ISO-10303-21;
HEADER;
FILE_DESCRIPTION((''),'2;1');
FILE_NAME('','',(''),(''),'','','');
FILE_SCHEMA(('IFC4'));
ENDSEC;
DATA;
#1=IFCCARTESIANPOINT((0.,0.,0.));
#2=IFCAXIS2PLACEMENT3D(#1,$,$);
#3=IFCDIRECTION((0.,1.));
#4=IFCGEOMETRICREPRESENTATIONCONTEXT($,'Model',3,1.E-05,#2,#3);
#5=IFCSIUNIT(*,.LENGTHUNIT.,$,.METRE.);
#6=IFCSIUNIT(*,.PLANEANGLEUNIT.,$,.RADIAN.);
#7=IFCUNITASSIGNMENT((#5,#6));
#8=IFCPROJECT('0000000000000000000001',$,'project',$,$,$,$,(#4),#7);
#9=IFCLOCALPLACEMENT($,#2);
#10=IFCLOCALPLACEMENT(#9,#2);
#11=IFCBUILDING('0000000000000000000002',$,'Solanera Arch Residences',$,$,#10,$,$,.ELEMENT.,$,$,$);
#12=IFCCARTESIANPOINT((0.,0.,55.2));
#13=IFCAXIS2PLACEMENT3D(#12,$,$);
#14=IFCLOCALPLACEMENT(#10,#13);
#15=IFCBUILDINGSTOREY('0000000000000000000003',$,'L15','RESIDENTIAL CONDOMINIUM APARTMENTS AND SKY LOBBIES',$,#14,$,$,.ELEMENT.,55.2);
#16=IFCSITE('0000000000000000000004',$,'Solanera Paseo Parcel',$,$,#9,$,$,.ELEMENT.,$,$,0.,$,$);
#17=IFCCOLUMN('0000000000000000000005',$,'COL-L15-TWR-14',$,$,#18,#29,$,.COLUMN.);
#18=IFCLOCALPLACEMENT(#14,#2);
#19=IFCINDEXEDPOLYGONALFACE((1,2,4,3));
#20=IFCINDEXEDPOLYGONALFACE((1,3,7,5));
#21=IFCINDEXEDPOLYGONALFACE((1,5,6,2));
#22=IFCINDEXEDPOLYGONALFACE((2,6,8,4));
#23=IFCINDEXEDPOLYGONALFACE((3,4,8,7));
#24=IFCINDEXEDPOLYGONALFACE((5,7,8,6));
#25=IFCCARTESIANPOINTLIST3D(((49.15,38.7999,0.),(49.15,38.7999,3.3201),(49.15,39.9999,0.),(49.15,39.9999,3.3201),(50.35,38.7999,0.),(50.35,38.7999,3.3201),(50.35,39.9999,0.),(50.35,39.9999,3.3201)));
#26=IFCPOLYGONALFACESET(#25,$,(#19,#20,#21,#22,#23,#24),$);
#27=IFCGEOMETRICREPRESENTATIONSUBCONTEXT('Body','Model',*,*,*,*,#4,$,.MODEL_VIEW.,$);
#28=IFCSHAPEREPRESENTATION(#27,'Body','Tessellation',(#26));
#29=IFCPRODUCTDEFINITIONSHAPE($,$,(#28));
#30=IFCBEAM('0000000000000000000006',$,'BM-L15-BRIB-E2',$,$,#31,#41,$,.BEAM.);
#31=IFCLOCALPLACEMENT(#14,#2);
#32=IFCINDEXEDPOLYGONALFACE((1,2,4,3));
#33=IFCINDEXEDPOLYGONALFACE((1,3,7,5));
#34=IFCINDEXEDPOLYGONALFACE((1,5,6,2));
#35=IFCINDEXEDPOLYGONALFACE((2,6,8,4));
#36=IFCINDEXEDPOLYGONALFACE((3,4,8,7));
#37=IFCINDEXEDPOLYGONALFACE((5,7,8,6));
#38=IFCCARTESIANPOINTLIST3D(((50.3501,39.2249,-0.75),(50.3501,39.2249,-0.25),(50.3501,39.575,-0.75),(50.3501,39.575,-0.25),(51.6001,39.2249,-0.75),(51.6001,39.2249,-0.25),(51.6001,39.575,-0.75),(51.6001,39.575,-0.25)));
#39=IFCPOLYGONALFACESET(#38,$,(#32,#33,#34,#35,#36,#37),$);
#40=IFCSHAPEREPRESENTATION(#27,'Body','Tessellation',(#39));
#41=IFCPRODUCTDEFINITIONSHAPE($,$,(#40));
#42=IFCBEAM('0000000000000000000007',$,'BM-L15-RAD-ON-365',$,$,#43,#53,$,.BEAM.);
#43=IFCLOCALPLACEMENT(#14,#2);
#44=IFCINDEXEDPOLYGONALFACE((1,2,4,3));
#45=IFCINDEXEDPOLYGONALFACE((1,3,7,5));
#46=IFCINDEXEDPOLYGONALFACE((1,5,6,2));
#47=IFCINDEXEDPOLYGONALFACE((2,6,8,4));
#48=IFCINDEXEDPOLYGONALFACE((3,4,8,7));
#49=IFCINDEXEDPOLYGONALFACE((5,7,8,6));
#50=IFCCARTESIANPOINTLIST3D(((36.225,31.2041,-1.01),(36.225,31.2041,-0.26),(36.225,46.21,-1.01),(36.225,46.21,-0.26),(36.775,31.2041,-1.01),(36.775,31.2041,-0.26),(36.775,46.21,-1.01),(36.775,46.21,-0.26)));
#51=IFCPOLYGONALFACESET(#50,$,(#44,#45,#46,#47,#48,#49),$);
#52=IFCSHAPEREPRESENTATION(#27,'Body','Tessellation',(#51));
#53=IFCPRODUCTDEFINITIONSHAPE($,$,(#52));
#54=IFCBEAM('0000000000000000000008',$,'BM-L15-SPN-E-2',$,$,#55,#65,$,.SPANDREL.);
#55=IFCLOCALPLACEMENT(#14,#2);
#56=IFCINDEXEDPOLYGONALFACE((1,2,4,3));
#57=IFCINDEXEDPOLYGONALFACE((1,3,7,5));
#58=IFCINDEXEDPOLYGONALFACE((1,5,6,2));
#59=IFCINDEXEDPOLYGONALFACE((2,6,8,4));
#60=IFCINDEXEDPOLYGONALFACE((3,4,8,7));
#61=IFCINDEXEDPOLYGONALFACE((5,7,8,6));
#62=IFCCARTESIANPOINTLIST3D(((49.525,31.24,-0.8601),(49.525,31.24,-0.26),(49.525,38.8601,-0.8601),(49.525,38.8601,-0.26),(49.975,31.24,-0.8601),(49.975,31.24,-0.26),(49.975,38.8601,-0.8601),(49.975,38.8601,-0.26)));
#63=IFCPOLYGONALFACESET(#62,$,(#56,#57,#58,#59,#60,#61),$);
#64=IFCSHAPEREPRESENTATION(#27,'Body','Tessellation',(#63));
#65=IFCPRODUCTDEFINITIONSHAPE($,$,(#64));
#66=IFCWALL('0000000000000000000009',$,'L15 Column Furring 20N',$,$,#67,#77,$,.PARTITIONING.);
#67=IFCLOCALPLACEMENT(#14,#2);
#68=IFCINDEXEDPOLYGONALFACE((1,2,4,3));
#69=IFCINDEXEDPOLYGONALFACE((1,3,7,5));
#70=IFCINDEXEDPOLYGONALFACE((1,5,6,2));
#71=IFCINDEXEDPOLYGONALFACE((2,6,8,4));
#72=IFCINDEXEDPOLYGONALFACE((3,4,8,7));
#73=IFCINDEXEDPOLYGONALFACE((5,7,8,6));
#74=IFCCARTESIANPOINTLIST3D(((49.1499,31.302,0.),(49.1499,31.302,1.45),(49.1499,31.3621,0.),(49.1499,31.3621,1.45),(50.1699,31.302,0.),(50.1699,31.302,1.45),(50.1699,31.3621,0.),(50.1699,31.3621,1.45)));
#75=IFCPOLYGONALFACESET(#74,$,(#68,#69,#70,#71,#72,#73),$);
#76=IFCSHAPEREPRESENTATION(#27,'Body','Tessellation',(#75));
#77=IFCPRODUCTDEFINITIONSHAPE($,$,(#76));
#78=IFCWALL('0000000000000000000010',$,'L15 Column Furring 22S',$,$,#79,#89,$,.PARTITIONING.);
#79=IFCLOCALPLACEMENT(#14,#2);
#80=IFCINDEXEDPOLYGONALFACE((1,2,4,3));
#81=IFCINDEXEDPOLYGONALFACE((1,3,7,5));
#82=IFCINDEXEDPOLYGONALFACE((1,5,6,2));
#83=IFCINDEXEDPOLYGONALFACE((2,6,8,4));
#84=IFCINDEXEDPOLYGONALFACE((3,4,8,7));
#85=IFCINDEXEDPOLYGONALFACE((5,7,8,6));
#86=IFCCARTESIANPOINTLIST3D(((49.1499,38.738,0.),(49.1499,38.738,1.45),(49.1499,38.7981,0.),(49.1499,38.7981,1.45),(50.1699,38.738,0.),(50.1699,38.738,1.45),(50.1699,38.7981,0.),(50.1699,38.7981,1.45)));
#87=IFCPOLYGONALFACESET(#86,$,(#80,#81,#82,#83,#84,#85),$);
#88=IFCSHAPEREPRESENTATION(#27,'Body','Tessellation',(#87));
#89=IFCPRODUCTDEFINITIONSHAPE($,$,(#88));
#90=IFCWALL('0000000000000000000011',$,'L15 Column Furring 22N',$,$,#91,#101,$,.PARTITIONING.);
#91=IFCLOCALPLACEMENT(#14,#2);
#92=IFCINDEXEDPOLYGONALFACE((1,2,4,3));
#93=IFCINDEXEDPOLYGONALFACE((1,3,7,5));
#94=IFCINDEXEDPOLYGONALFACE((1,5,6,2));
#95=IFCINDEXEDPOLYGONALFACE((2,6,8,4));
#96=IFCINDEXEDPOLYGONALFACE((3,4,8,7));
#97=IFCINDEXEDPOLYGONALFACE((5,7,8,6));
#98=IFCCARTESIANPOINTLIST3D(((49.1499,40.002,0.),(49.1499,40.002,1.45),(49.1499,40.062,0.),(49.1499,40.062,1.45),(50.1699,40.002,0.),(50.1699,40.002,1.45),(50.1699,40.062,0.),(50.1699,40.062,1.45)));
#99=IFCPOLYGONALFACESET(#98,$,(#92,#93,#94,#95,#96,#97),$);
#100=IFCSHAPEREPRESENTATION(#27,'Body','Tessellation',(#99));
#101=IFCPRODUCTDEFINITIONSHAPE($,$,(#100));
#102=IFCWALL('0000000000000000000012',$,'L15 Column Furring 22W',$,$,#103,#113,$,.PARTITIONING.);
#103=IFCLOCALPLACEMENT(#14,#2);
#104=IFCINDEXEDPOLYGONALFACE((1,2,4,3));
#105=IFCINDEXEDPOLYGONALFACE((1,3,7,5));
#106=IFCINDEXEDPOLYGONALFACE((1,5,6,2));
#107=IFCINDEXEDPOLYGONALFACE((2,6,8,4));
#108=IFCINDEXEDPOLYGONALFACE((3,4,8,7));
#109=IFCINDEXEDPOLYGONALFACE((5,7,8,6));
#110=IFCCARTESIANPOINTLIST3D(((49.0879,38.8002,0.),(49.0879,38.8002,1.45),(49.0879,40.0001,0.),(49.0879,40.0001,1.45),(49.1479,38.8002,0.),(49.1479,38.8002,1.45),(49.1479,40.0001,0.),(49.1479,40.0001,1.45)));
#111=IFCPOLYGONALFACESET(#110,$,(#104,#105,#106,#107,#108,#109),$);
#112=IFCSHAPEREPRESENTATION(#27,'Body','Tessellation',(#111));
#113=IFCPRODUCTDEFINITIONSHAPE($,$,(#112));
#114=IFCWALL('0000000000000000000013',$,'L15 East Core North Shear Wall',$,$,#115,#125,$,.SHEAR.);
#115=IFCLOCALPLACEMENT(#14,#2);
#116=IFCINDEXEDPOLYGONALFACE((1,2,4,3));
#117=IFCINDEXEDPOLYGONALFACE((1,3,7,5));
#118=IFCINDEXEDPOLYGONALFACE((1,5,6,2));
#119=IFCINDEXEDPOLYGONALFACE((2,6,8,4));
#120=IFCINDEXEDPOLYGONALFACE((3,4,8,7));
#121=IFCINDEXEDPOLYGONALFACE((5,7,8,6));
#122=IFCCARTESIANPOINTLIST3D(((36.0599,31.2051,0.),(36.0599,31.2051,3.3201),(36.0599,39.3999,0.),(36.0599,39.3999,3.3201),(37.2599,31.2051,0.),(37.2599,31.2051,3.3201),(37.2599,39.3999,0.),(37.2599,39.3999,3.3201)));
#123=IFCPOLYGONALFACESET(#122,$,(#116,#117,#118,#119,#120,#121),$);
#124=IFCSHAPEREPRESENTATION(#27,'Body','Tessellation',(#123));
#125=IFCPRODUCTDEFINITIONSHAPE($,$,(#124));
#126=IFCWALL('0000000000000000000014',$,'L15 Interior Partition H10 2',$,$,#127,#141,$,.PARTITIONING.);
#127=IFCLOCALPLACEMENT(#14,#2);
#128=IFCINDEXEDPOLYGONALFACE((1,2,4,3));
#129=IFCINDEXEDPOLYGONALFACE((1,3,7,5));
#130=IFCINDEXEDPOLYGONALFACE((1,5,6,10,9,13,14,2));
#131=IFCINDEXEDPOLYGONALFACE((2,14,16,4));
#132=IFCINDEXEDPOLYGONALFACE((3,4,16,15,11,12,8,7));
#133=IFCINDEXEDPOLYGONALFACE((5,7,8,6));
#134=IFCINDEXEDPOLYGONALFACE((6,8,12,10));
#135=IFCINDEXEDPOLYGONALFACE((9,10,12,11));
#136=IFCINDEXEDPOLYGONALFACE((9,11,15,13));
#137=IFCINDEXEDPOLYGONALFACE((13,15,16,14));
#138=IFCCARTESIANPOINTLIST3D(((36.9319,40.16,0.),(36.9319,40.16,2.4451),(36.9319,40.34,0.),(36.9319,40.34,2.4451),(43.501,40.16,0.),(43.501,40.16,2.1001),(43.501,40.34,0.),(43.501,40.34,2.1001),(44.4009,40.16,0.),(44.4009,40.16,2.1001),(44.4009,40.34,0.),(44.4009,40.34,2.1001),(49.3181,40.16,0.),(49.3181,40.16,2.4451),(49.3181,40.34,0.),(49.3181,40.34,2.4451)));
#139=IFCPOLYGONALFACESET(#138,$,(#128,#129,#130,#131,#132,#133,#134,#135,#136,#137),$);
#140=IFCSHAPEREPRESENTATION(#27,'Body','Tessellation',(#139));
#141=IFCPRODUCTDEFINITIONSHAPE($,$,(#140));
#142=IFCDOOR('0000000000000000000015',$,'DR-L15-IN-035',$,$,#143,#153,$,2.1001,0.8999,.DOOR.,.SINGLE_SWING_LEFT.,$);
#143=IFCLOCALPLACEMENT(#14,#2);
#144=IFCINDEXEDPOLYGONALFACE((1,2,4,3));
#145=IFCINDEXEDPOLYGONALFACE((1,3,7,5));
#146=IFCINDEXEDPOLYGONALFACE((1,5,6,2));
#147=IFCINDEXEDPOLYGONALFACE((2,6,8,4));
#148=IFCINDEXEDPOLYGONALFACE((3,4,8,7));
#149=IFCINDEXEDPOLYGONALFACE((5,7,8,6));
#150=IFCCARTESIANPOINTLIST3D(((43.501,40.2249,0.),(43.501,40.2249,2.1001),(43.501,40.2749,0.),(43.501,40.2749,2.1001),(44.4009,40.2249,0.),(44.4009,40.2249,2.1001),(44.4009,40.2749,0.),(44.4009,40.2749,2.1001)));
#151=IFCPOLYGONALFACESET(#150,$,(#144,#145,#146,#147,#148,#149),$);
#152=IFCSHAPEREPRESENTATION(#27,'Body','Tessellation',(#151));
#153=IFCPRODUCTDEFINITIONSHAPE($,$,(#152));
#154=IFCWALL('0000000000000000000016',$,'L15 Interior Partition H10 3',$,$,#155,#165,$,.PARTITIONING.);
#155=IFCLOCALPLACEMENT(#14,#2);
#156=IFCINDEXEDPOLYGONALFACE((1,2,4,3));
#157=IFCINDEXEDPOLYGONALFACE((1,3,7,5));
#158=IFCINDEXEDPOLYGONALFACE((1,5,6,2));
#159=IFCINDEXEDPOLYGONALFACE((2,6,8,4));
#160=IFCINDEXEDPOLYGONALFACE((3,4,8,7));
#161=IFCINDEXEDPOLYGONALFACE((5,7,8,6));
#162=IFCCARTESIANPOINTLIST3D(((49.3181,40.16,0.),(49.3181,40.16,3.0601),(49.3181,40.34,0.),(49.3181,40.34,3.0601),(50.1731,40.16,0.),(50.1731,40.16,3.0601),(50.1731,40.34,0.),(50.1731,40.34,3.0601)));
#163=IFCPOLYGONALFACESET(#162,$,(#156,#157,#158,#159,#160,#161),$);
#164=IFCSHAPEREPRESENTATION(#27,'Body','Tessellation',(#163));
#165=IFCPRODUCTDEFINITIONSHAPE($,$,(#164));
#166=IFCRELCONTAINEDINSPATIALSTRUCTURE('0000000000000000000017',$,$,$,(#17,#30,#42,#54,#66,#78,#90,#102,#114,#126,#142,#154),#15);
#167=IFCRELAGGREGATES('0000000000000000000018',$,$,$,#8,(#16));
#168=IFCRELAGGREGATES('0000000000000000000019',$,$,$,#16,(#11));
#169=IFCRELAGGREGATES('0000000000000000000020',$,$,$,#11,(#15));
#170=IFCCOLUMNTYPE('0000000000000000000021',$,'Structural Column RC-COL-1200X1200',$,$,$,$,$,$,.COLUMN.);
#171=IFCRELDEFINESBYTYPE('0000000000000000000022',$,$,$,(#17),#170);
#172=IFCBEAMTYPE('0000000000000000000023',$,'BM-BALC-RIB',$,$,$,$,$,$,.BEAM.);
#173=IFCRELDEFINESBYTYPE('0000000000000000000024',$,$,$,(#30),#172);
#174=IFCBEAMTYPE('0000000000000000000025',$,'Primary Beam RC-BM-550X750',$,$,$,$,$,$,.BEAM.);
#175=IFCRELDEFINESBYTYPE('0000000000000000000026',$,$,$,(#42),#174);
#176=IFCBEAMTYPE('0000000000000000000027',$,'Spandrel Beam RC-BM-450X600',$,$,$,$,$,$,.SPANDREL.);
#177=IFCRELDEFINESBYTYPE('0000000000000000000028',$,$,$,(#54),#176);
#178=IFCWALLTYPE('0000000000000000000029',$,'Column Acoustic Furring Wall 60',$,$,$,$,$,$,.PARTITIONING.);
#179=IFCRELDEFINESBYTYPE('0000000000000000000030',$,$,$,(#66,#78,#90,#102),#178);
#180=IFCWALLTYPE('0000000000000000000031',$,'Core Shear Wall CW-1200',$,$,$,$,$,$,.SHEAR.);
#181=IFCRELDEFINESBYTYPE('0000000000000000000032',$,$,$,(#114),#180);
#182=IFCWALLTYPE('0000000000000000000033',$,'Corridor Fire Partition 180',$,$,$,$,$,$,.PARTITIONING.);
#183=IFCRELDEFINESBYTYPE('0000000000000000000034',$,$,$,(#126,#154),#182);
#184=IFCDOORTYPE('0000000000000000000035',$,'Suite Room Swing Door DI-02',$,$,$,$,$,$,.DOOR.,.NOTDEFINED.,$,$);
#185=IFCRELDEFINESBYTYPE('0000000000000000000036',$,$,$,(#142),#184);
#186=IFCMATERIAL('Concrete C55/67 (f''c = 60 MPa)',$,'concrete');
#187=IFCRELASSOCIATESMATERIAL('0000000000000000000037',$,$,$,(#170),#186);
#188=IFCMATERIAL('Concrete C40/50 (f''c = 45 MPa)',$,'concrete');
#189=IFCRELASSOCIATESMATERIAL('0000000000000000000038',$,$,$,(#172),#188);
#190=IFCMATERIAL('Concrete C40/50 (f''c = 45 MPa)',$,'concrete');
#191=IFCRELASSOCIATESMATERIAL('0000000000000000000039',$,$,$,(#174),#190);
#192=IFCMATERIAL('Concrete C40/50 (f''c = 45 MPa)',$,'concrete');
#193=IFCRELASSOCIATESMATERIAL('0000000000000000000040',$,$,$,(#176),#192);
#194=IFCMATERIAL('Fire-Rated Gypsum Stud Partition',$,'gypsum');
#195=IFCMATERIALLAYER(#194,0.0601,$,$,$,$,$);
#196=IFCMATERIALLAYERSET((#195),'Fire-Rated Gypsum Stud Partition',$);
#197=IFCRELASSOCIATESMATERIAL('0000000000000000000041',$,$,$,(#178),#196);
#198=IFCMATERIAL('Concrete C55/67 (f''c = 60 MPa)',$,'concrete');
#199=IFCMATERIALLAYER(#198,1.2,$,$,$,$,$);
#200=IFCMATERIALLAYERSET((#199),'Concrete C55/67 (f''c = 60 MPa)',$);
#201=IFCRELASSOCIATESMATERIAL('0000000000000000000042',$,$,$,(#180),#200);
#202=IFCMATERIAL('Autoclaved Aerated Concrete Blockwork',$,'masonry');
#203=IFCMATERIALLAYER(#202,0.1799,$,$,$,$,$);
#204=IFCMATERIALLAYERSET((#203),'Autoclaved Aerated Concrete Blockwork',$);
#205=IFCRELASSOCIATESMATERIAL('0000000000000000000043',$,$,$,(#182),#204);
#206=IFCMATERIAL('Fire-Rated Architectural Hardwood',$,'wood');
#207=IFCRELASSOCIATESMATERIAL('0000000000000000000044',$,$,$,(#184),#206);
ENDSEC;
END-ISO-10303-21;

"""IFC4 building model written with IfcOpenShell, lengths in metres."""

from ifc_helpers import new_model, si_unit, direction, frame, frame_2d, origin, origin_2d, place, context, subcontext, project, spatial, rectangle, extrude, material, layer, layer_set, material_profile, profile_set, type_object, element, fill, save


model = new_model("IFC4")

# Units and contexts
model_context = context("Model", 3, precision=1e-05, world=origin(), true_north=direction((0.0, 1.0)))
body_context = subcontext(model_context, "Body", "Model", "MODEL_VIEW")
ifc_project = project(units=[si_unit("LENGTHUNIT", "METRE"), si_unit("PLANEANGLEUNIT", "RADIAN")], contexts=[model_context])

# Site, building, storey
site_placement = place(None, origin())
site = spatial("IfcSite", under=ifc_project, at=site_placement, Name="Solanera Paseo Parcel", CompositionType="ELEMENT", RefElevation=0.0)
building_placement = place(site_placement, origin())
building = spatial("IfcBuilding", under=site, at=building_placement, Name="Solanera Arch Residences", CompositionType="ELEMENT")
storey_placement = place(building_placement, frame((0.0, 0.0, 55.2)))
storey = spatial("IfcBuildingStorey", under=building, at=storey_placement, Name="L15", Description="RESIDENTIAL CONDOMINIUM APARTMENTS AND SKY LOBBIES", CompositionType="ELEMENT", Elevation=55.2)

# Column
ifc_material_1 = material(Name="Concrete C55/67 (f'c = 60 MPa)", Category="concrete")
ifc_material_profile_1 = material_profile(ifc_material_1, rectangle(XDim=1.2, YDim=1.2, at=origin_2d()))
ifc_profile_set_1 = profile_set([ifc_material_profile_1], Name="Concrete C55/67 (f'c = 60 MPa)")
column_type = type_object("IfcColumnType", Name="Structural Column RC-COL-1200X1200", PredefinedType="COLUMN", material=ifc_profile_set_1)
column_placement = place(storey_placement, frame((49.75, 39.3999, 0.0), z_axis=(0.0, 0.0, 1.0), x_axis=(1.0, 0.0, 0.0)))
element("IfcColumn", 1, at=column_placement, inside=storey, type_object=column_type, Name="COL-L15-TWR-14", PredefinedType="COLUMN", context=body_context, shape_type="SweptSolid", body=[
    extrude(rectangle(XDim=1.2, YDim=1.2, at=origin_2d()), origin(), (0.0, 0.0, 1.0), 3.3201),
])

# Beams
ifc_material_2 = material(Name="Concrete C40/50 (f'c = 45 MPa)", Category="concrete")
ifc_material_profile_2 = material_profile(ifc_material_2, rectangle(XDim=0.3501, YDim=0.5, at=origin_2d()))
ifc_profile_set_2 = profile_set([ifc_material_profile_2], Name="Concrete C40/50 (f'c = 45 MPa)")
beam_type_1 = type_object("IfcBeamType", Name="BM-BALC-RIB", PredefinedType="BEAM", material=ifc_profile_set_2)
beam_1_placement = place(storey_placement, frame((50.3501, 39.3999, -0.5), z_axis=(1.0, 0.0, 0.0), x_axis=(0.0, 1.0, 0.0)))
element("IfcBeam", 2, at=beam_1_placement, inside=storey, type_object=beam_type_1, Name="BM-L15-BRIB-E2", PredefinedType="BEAM", context=body_context, shape_type="SweptSolid", body=[
    extrude(rectangle(XDim=0.3501, YDim=0.5, at=origin_2d()), origin(), (0.0, 0.0, 1.0), 1.25),
])
ifc_material_3 = material(Name="Concrete C40/50 (f'c = 45 MPa)", Category="concrete")
ifc_material_profile_3 = material_profile(ifc_material_3, rectangle(XDim=0.55, YDim=0.75, at=origin_2d()))
ifc_profile_set_3 = profile_set([ifc_material_profile_3], Name="Concrete C40/50 (f'c = 45 MPa)")
beam_type_2 = type_object("IfcBeamType", Name="Primary Beam RC-BM-550X750", PredefinedType="BEAM", material=ifc_profile_set_3)
beam_2_placement = place(storey_placement, frame((36.5, 31.2041, -0.635), z_axis=(0.0, 1.0, 0.0), x_axis=(-1.0, 0.0, 0.0)))
element("IfcBeam", 3, at=beam_2_placement, inside=storey, type_object=beam_type_2, Name="BM-L15-RAD-ON-365", PredefinedType="BEAM", context=body_context, shape_type="SweptSolid", body=[
    extrude(rectangle(XDim=0.55, YDim=0.75, at=origin_2d()), origin(), (0.0, 0.0, 1.0), 15.0059),
])
ifc_material_4 = material(Name="Concrete C40/50 (f'c = 45 MPa)", Category="concrete")
ifc_material_profile_4 = material_profile(ifc_material_4, rectangle(XDim=0.45, YDim=0.6001, at=origin_2d()))
ifc_profile_set_4 = profile_set([ifc_material_profile_4], Name="Concrete C40/50 (f'c = 45 MPa)")
beam_type_3 = type_object("IfcBeamType", Name="Spandrel Beam RC-BM-450X600", PredefinedType="SPANDREL", material=ifc_profile_set_4)
beam_3_placement = place(storey_placement, frame((49.75, 31.24, -0.5601), z_axis=(0.0, 1.0, 0.0), x_axis=(-1.0, 0.0, 0.0)))
element("IfcBeam", 4, at=beam_3_placement, inside=storey, type_object=beam_type_3, Name="BM-L15-SPN-E-2", PredefinedType="SPANDREL", context=body_context, shape_type="SweptSolid", body=[
    extrude(rectangle(XDim=0.45, YDim=0.6001, at=origin_2d()), origin(), (0.0, 0.0, 1.0), 7.6201),
])

# Walls
ifc_material_5 = material(Name="Fire-Rated Gypsum Stud Partition", Category="gypsum")
ifc_layer_1 = layer(ifc_material_5, 0.0601)
ifc_layer_set_1 = layer_set([ifc_layer_1], Name="Fire-Rated Gypsum Stud Partition")
wall_type_1 = type_object("IfcWallType", Name="Column Acoustic Furring Wall 60", PredefinedType="PARTITIONING", material=ifc_layer_set_1)
for number, where, z_axis, x_axis, name in (
    (5, (49.1499, 31.332, 0.0), (0.0, 0.0, 1.0), (1.0, 0.0, 0.0), "L15 Column Furring 20N"),
    (6, (49.1499, 38.7681, 0.0), (0.0, 0.0, 1.0), (1.0, 0.0, 0.0), "L15 Column Furring 22S"),
    (7, (49.1499, 40.032, 0.0), (0.0, 0.0, 1.0), (1.0, 0.0, 0.0), "L15 Column Furring 22N"),
):
    element("IfcWall", number, at=place(storey_placement, frame(where, z_axis=z_axis, x_axis=x_axis)), inside=storey, type_object=wall_type_1, Name=name, PredefinedType="PARTITIONING", context=body_context, shape_type="SweptSolid", body=[
        extrude(rectangle(XDim=1.02, YDim=0.0601, at=frame_2d((0.51, 0.0))), origin(), (0.0, 0.0, 1.0), 1.45),
    ])
wall_1_placement = place(storey_placement, frame((49.1179, 38.8, 0.0), z_axis=(0.0, 0.0, 1.0), x_axis=(0.0, 1.0, 0.0)))
element("IfcWall", 8, at=wall_1_placement, inside=storey, type_object=wall_type_1, Name="L15 Column Furring 22W", PredefinedType="PARTITIONING", context=body_context, shape_type="SweptSolid", body=[
    extrude(rectangle(XDim=1.2, YDim=0.0601, at=frame_2d((0.6001, 0.0))), origin(), (0.0, 0.0, 1.0), 1.45),
])
ifc_material_6 = material(Name="Concrete C55/67 (f'c = 60 MPa)", Category="concrete")
ifc_layer_2 = layer(ifc_material_6, 1.2)
ifc_layer_set_2 = layer_set([ifc_layer_2], Name="Concrete C55/67 (f'c = 60 MPa)")
wall_type_2 = type_object("IfcWallType", Name="Core Shear Wall CW-1200", PredefinedType="SHEAR", material=ifc_layer_set_2)
wall_2_placement = place(storey_placement, frame((36.6599, 31.2051, 0.0), z_axis=(0.0, 0.0, 1.0), x_axis=(0.0, 1.0, 0.0)))
element("IfcWall", 9, at=wall_2_placement, inside=storey, type_object=wall_type_2, Name="L15 East Core North Shear Wall", PredefinedType="SHEAR", context=body_context, shape_type="SweptSolid", body=[
    extrude(rectangle(XDim=8.1948, YDim=1.2, at=frame_2d((4.0974, 0.0))), origin(), (0.0, 0.0, 1.0), 3.3201),
])

# Wall, opening, door
ifc_material_7 = material(Name="Autoclaved Aerated Concrete Blockwork", Category="masonry")
ifc_layer_3 = layer(ifc_material_7, 0.1799)
ifc_layer_set_3 = layer_set([ifc_layer_3], Name="Autoclaved Aerated Concrete Blockwork")
wall_type_3 = type_object("IfcWallType", Name="Corridor Fire Partition 180", PredefinedType="PARTITIONING", material=ifc_layer_set_3)
wall_3_placement = place(storey_placement, frame((36.9319, 40.25, 0.0), z_axis=(0.0, 0.0, 1.0), x_axis=(1.0, 0.0, 0.0)))
wall_3 = element("IfcWall", 10, at=wall_3_placement, inside=storey, type_object=wall_type_3, Name="L15 Interior Partition H10 2", PredefinedType="PARTITIONING", context=body_context, shape_type="SweptSolid", body=[
    extrude(rectangle(XDim=12.3862, YDim=0.1799, at=frame_2d((6.1931, 0.0))), origin(), (0.0, 0.0, 1.0), 2.4451),
])
opening_1_placement = place(wall_3_placement, frame((6.5691, 0.0, 0.0)))
opening_1 = element("IfcOpeningElement", 11, at=opening_1_placement, cuts=wall_3, PredefinedType="OPENING", context=body_context, shape_type="SweptSolid", body=[
    extrude(rectangle(XDim=0.8999, YDim=2.1001, at=frame_2d((0.45, 1.05))), frame((0.0, 0.1001, 0.0), z_axis=(0.0, -1.0, 0.0), x_axis=(1.0, 0.0, 0.0)), (0.0, 0.0, 1.0), 0.1999),
])
ifc_material_8 = material(Name="Fire-Rated Architectural Hardwood", Category="wood")
door_type_1 = type_object("IfcDoorType", Name="Suite Room Swing Door DI-02", OperationType="NOTDEFINED", PredefinedType="DOOR", material=ifc_material_8)
door_1_placement = place(opening_1_placement, origin())
door_1 = element("IfcDoor", 12, at=door_1_placement, inside=storey, type_object=door_type_1, Name="DR-L15-IN-035", OperationType="SINGLE_SWING_LEFT", OverallHeight=2.1001, OverallWidth=0.8999, PredefinedType="DOOR", context=body_context, shape_type="SweptSolid", body=[
    extrude(rectangle(XDim=0.8999, YDim=2.1001, at=frame_2d((0.45, 1.05))), frame((0.0, 0.0249, 0.0), z_axis=(0.0, -1.0, 0.0), x_axis=(1.0, 0.0, 0.0)), (0.0, 0.0, 1.0), 0.05),
])
fill(opening_1, door_1)

# Wall
wall_4_placement = place(storey_placement, frame((49.3181, 40.25, 0.0), z_axis=(0.0, 0.0, 1.0), x_axis=(1.0, 0.0, 0.0)))
element("IfcWall", 13, at=wall_4_placement, inside=storey, type_object=wall_type_3, Name="L15 Interior Partition H10 3", PredefinedType="PARTITIONING", context=body_context, shape_type="SweptSolid", body=[
    extrude(rectangle(XDim=0.855, YDim=0.1799, at=frame_2d((0.4275, 0.0))), origin(), (0.0, 0.0, 1.0), 3.0601),
])

save(model, "model.ifc")
